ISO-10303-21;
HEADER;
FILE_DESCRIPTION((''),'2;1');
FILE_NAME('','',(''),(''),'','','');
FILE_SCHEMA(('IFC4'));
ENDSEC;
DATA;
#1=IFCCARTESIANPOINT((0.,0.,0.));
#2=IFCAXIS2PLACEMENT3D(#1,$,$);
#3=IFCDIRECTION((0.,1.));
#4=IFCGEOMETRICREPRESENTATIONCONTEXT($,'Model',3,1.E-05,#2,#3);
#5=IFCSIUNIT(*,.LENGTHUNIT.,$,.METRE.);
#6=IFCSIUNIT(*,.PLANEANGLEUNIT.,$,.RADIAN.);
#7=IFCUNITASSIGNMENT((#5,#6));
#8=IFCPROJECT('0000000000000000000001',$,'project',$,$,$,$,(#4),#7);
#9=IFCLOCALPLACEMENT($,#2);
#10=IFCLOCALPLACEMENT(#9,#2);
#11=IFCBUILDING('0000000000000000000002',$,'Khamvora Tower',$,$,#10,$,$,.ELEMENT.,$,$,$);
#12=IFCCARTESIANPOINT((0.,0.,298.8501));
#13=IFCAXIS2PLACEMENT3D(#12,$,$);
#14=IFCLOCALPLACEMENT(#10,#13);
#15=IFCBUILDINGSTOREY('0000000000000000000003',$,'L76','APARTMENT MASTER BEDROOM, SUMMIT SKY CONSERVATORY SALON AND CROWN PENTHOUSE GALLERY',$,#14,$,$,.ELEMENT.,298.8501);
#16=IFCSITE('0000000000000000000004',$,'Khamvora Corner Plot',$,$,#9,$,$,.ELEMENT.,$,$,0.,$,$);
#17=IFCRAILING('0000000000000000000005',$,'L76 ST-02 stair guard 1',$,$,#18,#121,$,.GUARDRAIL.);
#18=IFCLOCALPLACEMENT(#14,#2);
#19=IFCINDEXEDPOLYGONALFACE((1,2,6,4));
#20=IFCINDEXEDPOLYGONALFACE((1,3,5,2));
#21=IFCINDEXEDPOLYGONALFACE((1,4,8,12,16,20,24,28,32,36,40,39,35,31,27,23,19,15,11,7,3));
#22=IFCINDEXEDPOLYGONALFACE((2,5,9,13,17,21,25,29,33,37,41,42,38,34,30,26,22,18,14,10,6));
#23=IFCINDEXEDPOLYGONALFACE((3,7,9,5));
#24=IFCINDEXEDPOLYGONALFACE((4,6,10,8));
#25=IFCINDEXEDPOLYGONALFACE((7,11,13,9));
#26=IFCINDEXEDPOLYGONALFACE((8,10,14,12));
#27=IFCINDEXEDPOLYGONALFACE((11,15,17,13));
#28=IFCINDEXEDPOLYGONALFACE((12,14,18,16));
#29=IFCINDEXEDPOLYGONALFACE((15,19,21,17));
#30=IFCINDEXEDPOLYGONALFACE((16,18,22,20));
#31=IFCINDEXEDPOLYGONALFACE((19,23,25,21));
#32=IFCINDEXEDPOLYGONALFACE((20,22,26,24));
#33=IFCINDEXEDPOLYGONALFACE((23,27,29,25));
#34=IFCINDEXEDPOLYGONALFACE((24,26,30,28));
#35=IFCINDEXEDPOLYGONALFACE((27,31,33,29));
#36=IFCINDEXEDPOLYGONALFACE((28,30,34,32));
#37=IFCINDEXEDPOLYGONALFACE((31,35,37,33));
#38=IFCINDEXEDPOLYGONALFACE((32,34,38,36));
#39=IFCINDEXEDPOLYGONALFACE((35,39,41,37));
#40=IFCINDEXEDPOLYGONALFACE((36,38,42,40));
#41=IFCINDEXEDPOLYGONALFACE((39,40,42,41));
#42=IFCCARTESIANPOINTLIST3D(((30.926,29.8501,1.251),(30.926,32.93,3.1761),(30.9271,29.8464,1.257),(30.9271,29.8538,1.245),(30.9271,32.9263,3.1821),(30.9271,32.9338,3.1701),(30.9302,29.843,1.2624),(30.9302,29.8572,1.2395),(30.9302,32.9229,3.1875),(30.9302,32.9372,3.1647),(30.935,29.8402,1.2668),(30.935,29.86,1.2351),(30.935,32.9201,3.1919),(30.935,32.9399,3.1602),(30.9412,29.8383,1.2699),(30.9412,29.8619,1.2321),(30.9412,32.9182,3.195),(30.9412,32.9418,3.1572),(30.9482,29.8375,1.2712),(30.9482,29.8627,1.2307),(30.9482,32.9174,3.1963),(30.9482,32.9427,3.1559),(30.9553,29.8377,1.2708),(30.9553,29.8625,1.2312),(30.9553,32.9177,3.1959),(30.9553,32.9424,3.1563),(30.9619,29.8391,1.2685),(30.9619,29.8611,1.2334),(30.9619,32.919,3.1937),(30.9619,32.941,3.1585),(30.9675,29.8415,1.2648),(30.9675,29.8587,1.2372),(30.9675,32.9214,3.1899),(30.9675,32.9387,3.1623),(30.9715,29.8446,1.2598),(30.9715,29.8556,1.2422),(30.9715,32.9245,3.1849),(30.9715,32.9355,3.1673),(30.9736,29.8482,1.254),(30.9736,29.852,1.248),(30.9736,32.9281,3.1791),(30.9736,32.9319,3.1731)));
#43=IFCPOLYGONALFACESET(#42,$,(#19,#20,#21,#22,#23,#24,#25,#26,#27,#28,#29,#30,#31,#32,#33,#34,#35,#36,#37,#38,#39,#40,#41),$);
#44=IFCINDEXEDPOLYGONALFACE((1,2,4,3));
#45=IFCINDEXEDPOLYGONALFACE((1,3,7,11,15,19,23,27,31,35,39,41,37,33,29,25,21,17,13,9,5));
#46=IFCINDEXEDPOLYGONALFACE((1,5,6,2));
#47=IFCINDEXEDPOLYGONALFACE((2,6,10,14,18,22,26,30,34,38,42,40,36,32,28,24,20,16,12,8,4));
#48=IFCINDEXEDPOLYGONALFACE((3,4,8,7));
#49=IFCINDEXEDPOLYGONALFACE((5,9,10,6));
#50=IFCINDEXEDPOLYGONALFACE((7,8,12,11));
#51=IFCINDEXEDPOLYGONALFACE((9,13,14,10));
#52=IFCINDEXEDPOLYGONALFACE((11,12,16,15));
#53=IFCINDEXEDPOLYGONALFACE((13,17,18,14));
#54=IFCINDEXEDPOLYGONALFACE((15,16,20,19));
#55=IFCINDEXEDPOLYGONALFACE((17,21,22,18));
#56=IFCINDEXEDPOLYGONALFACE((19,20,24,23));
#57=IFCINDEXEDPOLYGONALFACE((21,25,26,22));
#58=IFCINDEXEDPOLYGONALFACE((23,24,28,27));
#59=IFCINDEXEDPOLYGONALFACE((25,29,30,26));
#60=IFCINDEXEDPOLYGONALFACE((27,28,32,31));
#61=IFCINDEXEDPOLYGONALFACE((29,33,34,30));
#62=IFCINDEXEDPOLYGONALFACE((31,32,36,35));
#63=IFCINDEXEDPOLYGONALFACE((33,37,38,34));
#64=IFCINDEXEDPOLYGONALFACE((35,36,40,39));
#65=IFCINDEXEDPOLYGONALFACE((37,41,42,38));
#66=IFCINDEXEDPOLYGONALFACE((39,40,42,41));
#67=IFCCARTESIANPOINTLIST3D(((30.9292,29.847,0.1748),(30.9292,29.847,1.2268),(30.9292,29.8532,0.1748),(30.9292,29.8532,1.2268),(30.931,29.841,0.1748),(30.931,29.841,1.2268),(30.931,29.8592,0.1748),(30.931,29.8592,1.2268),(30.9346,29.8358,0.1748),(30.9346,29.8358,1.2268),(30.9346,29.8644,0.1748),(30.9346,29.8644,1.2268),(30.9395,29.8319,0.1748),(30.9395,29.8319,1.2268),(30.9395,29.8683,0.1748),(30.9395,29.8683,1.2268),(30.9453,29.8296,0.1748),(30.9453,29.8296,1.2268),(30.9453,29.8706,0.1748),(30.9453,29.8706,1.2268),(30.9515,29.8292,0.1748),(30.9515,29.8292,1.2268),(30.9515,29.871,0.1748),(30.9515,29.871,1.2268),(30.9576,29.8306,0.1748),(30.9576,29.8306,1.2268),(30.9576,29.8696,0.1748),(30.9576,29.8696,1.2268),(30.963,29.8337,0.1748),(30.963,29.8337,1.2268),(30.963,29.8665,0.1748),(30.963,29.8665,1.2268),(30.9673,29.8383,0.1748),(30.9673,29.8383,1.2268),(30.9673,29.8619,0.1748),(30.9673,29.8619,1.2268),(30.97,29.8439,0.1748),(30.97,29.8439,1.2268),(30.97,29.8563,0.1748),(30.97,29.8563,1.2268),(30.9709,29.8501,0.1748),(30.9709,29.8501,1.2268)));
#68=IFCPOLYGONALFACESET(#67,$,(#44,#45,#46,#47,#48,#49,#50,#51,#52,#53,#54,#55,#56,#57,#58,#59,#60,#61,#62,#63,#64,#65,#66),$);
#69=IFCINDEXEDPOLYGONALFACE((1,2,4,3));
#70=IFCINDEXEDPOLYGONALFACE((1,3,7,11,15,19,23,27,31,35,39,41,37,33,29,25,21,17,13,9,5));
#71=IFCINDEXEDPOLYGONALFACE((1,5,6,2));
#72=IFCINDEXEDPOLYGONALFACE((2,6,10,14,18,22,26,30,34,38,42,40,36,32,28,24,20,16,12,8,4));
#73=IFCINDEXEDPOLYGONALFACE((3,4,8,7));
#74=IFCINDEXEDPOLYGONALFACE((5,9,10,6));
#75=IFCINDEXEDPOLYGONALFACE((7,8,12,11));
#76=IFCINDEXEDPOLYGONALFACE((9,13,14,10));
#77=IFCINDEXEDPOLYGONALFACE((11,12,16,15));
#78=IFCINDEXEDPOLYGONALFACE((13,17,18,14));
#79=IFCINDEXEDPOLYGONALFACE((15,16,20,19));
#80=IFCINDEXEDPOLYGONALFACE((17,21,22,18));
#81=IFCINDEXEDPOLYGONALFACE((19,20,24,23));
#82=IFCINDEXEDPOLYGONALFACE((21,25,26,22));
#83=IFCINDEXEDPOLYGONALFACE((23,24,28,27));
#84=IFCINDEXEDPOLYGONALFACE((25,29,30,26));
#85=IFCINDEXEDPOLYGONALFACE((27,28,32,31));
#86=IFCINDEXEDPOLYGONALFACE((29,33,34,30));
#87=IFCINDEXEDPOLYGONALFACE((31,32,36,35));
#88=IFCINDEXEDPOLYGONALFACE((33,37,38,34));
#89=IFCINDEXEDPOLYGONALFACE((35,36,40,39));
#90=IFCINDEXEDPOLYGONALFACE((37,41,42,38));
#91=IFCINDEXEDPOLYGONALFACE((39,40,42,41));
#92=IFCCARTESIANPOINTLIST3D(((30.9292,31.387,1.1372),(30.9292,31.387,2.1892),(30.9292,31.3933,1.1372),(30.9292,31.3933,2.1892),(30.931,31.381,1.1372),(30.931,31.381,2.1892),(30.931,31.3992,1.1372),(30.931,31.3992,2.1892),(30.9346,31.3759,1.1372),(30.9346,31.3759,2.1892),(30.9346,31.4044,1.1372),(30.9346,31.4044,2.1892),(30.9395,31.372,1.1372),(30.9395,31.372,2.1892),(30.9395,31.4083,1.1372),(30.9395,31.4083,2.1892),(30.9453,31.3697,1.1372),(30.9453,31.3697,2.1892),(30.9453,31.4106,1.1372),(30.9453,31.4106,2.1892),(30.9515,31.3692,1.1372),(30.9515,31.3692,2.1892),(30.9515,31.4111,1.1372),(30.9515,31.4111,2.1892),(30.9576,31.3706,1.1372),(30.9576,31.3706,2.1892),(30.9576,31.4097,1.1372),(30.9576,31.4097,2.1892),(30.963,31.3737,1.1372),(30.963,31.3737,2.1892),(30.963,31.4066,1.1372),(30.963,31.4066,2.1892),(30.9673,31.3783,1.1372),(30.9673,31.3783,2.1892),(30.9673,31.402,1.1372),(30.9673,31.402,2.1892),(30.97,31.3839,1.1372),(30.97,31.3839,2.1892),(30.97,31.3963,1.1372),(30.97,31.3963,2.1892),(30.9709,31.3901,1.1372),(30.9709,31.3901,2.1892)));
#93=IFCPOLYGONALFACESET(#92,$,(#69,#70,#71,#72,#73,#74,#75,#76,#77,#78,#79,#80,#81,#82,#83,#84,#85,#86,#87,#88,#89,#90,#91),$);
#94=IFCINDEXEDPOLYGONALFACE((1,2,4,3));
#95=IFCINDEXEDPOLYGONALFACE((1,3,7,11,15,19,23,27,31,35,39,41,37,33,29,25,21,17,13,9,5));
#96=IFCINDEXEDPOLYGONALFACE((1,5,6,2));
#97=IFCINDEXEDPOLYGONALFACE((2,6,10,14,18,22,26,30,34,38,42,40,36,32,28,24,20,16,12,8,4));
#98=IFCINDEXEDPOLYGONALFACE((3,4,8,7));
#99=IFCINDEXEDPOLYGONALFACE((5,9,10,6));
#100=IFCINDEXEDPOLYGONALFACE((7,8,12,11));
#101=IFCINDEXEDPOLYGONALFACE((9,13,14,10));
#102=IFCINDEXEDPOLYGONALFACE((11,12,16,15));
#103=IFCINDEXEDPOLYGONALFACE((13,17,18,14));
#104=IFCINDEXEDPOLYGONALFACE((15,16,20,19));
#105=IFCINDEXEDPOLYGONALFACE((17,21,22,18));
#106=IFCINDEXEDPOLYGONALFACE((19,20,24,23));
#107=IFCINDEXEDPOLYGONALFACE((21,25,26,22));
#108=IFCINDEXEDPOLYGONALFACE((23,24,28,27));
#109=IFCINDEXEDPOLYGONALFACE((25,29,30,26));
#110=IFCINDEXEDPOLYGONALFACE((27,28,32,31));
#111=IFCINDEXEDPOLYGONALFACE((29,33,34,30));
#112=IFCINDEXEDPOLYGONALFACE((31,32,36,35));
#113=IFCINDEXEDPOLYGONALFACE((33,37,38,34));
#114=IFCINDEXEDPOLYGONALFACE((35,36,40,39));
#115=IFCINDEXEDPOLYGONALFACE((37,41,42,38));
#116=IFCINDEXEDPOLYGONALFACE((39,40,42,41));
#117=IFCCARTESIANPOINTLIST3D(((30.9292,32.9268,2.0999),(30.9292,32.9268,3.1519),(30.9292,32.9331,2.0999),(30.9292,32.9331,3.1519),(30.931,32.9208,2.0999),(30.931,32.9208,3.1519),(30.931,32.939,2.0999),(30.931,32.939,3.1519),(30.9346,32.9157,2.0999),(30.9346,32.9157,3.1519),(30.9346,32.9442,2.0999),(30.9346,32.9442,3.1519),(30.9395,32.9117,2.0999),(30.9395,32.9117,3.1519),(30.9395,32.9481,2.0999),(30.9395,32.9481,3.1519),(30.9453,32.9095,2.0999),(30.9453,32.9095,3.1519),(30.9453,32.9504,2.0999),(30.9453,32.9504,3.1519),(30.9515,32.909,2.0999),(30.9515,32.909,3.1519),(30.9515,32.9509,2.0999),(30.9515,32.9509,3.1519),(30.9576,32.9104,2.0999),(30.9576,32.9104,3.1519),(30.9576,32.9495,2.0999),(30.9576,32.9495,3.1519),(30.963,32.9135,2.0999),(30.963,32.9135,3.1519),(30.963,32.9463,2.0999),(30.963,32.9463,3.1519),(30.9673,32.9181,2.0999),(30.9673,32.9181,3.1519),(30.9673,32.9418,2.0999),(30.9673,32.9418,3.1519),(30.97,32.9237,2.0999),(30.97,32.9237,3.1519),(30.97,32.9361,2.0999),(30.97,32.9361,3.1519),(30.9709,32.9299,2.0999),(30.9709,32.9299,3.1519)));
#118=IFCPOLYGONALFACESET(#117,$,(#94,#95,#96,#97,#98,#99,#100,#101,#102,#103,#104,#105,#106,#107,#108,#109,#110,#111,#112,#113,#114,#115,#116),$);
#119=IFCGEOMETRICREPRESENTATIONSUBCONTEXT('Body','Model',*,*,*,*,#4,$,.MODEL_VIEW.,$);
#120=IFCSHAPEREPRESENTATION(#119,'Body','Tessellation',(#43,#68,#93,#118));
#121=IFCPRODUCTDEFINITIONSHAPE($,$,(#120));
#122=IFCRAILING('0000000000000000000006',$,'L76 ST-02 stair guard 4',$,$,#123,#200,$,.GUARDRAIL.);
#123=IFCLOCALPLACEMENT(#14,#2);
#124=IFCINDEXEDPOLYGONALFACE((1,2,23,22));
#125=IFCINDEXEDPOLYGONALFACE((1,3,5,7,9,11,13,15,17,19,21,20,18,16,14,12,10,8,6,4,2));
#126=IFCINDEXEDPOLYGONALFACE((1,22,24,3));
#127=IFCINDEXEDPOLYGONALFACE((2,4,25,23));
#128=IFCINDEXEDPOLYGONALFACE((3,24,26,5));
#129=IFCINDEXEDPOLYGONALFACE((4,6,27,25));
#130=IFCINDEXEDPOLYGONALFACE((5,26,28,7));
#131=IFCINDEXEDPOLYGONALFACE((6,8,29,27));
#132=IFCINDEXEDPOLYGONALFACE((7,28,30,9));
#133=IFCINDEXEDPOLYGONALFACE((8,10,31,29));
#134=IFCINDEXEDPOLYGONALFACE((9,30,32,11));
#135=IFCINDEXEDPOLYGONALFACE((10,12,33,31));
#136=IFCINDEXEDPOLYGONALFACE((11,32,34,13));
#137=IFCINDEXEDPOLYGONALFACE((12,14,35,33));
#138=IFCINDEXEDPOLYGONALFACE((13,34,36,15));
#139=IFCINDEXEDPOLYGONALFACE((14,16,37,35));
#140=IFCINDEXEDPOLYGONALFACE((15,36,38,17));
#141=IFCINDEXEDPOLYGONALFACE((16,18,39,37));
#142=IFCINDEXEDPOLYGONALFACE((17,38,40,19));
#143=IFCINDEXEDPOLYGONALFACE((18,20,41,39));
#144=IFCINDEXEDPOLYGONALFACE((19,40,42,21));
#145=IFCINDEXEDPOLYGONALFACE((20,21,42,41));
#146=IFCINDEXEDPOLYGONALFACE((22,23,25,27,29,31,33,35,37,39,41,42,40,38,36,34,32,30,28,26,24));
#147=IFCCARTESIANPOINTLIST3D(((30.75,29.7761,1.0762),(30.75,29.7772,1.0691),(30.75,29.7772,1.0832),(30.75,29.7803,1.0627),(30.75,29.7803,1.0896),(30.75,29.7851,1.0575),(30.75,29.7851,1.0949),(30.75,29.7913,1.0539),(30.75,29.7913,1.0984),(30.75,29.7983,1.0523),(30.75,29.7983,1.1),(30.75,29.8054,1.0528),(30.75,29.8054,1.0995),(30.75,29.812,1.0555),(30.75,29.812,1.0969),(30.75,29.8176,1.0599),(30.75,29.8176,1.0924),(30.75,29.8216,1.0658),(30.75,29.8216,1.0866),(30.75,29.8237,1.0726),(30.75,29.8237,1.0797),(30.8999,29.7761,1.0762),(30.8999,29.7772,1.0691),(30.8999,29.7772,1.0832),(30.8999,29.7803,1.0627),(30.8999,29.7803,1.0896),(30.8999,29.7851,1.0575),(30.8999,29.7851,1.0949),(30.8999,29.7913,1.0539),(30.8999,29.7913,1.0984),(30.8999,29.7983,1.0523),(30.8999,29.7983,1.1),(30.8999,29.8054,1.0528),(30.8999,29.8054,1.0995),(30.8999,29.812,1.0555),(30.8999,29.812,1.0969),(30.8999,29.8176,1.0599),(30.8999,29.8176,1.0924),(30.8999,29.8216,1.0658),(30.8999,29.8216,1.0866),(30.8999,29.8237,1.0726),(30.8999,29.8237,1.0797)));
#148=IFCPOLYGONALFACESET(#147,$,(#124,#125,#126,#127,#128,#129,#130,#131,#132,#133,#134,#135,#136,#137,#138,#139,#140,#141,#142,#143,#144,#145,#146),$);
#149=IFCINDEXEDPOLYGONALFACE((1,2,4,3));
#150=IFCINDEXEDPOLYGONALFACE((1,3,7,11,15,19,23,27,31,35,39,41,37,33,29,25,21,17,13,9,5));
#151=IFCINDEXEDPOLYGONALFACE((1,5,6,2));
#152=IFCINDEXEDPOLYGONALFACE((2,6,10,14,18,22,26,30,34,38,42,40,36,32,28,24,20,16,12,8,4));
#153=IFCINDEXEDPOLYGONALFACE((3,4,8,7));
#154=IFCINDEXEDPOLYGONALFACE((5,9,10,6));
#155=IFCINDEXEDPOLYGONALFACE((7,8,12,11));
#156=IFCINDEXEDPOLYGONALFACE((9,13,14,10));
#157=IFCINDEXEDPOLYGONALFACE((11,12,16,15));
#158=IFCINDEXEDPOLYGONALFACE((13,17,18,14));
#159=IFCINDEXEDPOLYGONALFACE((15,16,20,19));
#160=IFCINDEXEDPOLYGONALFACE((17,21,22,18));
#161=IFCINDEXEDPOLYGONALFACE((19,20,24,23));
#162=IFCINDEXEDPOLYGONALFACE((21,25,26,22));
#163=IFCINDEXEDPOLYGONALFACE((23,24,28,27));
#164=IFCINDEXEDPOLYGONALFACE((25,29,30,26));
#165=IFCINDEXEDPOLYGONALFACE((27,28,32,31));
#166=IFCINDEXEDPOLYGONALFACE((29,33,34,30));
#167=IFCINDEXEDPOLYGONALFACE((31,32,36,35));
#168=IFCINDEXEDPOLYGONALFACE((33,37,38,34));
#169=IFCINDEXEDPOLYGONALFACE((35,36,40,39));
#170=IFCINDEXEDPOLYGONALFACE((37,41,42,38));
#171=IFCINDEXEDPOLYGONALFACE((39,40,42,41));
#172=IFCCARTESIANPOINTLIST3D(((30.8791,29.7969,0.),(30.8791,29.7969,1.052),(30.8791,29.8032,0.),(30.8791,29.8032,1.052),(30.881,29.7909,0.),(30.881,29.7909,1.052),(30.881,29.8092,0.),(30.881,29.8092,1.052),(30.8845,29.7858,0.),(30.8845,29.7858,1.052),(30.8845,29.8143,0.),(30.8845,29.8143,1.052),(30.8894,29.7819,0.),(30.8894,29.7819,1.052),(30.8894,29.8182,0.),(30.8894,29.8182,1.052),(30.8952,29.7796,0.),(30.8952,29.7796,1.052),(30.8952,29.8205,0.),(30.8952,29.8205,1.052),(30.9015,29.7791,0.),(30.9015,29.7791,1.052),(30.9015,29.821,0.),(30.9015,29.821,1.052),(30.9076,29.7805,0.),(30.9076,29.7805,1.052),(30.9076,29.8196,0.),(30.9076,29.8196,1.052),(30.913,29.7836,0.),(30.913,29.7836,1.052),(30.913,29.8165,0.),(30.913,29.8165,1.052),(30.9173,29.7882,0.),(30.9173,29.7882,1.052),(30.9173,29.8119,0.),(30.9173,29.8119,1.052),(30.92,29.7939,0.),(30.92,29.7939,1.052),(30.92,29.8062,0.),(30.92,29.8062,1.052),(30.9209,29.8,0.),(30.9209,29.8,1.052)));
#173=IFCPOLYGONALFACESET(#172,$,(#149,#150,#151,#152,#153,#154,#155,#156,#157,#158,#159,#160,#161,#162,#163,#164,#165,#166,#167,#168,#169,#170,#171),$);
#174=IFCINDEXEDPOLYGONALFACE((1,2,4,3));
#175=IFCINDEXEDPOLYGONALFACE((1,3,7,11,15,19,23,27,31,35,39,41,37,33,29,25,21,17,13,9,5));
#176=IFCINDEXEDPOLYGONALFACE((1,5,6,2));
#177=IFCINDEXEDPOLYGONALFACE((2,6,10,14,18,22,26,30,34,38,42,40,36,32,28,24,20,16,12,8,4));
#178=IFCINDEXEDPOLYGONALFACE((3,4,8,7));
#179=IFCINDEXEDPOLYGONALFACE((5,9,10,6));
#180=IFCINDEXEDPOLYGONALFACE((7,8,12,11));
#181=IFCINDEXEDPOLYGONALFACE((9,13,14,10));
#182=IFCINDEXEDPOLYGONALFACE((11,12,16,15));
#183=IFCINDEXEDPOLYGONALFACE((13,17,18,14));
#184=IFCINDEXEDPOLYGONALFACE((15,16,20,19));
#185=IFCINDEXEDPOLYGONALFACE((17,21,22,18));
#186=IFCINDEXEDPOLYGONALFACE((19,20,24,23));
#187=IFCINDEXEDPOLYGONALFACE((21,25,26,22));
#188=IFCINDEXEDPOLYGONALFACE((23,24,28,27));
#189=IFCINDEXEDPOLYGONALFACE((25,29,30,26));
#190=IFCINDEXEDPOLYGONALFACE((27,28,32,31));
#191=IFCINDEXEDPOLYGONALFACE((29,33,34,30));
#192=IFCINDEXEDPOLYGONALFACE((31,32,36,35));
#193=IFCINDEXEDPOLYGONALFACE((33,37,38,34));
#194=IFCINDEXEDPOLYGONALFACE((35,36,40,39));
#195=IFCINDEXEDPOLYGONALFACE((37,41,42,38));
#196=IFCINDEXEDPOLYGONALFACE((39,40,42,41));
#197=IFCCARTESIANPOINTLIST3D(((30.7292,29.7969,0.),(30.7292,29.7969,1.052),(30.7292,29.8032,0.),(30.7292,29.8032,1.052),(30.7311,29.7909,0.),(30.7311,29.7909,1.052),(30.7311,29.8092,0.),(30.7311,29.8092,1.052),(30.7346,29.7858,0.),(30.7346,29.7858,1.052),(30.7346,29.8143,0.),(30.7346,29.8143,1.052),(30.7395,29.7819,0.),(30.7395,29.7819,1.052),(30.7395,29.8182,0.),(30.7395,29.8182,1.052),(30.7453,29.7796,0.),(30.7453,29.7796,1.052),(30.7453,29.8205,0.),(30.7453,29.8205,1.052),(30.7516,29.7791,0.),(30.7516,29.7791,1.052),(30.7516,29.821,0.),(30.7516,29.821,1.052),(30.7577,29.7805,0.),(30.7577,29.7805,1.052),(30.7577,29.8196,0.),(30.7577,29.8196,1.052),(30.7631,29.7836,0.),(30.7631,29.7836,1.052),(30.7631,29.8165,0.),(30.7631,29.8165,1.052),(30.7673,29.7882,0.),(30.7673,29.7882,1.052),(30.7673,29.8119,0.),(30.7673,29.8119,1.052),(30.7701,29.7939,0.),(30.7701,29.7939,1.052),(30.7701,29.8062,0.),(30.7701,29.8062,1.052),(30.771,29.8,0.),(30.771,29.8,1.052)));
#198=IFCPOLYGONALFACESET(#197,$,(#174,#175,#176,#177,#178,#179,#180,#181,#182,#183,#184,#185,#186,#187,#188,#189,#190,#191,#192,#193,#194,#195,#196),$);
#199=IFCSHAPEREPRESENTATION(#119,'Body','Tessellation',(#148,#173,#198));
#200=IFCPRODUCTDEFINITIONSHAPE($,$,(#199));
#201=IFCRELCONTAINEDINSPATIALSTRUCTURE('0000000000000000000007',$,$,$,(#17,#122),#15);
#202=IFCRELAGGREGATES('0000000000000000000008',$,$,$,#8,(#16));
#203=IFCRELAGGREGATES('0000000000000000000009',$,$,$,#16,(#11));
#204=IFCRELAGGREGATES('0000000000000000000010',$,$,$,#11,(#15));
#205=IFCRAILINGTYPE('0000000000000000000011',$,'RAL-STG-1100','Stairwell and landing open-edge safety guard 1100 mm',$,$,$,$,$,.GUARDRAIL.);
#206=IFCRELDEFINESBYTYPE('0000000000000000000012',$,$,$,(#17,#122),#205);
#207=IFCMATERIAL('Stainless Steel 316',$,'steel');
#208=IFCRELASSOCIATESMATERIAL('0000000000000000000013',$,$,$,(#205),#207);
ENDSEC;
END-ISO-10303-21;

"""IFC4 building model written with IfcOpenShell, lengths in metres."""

from ifc_helpers import new_model, si_unit, direction, frame, origin, origin_2d, place, context, subcontext, project, spatial, circle, extrude, material, type_object, element, save


model = new_model("IFC4")

# Units and contexts
model_context = context("Model", 3, precision=1e-05, world=origin(), true_north=direction((0.0, 1.0)))
body_context = subcontext(model_context, "Body", "Model", "MODEL_VIEW")
ifc_project = project(units=[si_unit("LENGTHUNIT", "METRE"), si_unit("PLANEANGLEUNIT", "RADIAN")], contexts=[model_context])

# Site, building, storey
site_placement = place(None, origin())
site = spatial("IfcSite", under=ifc_project, at=site_placement, Name="Khamvora Corner Plot", CompositionType="ELEMENT", RefElevation=0.0)
building_placement = place(site_placement, origin())
building = spatial("IfcBuilding", under=site, at=building_placement, Name="Khamvora Tower", CompositionType="ELEMENT")
storey_placement = place(building_placement, frame((0.0, 0.0, 298.8501)))
storey = spatial("IfcBuildingStorey", under=building, at=storey_placement, Name="L76", Description="APARTMENT MASTER BEDROOM, SUMMIT SKY CONSERVATORY SALON AND CROWN PENTHOUSE GALLERY", CompositionType="ELEMENT", Elevation=298.8501)

# Railings
ifc_material_1 = material(Name="Stainless Steel 316", Category="steel")
railing_type = type_object("IfcRailingType", Name="RAL-STG-1100", Description="Stairwell and landing open-edge safety guard 1100 mm", PredefinedType="GUARDRAIL", material=ifc_material_1)
railing_1_placement = place(storey_placement, frame((30.95, 29.8501, 0.1748)))
element("IfcRailing", 1, at=railing_1_placement, inside=storey, type_object=railing_type, Name="L76 ST-02 stair guard 1", PredefinedType="GUARDRAIL", context=body_context, shape_type="SweptSolid", body=[
    extrude(circle(Radius=0.0239, at=origin_2d()), frame((0.0, 0.0, 1.0762), z_axis=(0.0, 0.847979, 0.530029), x_axis=(-1.0, 0.0, 0.0)), (0.0, 0.0, 1.0), 3.6321),
    extrude(circle(Radius=0.021, at=origin_2d()), origin(), (0.0, 0.0, 1.0), 1.052),
    extrude(circle(Radius=0.021, at=origin_2d()), frame((0.0, 1.54, 0.9624)), (0.0, 0.0, 1.0), 1.052),
    extrude(circle(Radius=0.021, at=origin_2d()), frame((0.0, 3.0798, 1.925)), (0.0, 0.0, 1.0), 1.052),
])
railing_2_placement = place(storey_placement, frame((30.8999, 29.8, 0.0)))
element("IfcRailing", 2, at=railing_2_placement, inside=storey, type_object=railing_type, Name="L76 ST-02 stair guard 4", PredefinedType="GUARDRAIL", context=body_context, shape_type="SweptSolid", body=[
    extrude(circle(Radius=0.0239, at=origin_2d()), frame((0.0, 0.0, 1.0762), z_axis=(-1.0, 0.0, 0.0), x_axis=(0.0, -1.0, 0.0)), (0.0, 0.0, 1.0), 0.1499),
    extrude(circle(Radius=0.021, at=origin_2d()), origin(), (0.0, 0.0, 1.0), 1.052),
    extrude(circle(Radius=0.021, at=origin_2d()), frame((-0.1499, 0.0, 0.0)), (0.0, 0.0, 1.0), 1.052),
])

save(model, "model.ifc")
